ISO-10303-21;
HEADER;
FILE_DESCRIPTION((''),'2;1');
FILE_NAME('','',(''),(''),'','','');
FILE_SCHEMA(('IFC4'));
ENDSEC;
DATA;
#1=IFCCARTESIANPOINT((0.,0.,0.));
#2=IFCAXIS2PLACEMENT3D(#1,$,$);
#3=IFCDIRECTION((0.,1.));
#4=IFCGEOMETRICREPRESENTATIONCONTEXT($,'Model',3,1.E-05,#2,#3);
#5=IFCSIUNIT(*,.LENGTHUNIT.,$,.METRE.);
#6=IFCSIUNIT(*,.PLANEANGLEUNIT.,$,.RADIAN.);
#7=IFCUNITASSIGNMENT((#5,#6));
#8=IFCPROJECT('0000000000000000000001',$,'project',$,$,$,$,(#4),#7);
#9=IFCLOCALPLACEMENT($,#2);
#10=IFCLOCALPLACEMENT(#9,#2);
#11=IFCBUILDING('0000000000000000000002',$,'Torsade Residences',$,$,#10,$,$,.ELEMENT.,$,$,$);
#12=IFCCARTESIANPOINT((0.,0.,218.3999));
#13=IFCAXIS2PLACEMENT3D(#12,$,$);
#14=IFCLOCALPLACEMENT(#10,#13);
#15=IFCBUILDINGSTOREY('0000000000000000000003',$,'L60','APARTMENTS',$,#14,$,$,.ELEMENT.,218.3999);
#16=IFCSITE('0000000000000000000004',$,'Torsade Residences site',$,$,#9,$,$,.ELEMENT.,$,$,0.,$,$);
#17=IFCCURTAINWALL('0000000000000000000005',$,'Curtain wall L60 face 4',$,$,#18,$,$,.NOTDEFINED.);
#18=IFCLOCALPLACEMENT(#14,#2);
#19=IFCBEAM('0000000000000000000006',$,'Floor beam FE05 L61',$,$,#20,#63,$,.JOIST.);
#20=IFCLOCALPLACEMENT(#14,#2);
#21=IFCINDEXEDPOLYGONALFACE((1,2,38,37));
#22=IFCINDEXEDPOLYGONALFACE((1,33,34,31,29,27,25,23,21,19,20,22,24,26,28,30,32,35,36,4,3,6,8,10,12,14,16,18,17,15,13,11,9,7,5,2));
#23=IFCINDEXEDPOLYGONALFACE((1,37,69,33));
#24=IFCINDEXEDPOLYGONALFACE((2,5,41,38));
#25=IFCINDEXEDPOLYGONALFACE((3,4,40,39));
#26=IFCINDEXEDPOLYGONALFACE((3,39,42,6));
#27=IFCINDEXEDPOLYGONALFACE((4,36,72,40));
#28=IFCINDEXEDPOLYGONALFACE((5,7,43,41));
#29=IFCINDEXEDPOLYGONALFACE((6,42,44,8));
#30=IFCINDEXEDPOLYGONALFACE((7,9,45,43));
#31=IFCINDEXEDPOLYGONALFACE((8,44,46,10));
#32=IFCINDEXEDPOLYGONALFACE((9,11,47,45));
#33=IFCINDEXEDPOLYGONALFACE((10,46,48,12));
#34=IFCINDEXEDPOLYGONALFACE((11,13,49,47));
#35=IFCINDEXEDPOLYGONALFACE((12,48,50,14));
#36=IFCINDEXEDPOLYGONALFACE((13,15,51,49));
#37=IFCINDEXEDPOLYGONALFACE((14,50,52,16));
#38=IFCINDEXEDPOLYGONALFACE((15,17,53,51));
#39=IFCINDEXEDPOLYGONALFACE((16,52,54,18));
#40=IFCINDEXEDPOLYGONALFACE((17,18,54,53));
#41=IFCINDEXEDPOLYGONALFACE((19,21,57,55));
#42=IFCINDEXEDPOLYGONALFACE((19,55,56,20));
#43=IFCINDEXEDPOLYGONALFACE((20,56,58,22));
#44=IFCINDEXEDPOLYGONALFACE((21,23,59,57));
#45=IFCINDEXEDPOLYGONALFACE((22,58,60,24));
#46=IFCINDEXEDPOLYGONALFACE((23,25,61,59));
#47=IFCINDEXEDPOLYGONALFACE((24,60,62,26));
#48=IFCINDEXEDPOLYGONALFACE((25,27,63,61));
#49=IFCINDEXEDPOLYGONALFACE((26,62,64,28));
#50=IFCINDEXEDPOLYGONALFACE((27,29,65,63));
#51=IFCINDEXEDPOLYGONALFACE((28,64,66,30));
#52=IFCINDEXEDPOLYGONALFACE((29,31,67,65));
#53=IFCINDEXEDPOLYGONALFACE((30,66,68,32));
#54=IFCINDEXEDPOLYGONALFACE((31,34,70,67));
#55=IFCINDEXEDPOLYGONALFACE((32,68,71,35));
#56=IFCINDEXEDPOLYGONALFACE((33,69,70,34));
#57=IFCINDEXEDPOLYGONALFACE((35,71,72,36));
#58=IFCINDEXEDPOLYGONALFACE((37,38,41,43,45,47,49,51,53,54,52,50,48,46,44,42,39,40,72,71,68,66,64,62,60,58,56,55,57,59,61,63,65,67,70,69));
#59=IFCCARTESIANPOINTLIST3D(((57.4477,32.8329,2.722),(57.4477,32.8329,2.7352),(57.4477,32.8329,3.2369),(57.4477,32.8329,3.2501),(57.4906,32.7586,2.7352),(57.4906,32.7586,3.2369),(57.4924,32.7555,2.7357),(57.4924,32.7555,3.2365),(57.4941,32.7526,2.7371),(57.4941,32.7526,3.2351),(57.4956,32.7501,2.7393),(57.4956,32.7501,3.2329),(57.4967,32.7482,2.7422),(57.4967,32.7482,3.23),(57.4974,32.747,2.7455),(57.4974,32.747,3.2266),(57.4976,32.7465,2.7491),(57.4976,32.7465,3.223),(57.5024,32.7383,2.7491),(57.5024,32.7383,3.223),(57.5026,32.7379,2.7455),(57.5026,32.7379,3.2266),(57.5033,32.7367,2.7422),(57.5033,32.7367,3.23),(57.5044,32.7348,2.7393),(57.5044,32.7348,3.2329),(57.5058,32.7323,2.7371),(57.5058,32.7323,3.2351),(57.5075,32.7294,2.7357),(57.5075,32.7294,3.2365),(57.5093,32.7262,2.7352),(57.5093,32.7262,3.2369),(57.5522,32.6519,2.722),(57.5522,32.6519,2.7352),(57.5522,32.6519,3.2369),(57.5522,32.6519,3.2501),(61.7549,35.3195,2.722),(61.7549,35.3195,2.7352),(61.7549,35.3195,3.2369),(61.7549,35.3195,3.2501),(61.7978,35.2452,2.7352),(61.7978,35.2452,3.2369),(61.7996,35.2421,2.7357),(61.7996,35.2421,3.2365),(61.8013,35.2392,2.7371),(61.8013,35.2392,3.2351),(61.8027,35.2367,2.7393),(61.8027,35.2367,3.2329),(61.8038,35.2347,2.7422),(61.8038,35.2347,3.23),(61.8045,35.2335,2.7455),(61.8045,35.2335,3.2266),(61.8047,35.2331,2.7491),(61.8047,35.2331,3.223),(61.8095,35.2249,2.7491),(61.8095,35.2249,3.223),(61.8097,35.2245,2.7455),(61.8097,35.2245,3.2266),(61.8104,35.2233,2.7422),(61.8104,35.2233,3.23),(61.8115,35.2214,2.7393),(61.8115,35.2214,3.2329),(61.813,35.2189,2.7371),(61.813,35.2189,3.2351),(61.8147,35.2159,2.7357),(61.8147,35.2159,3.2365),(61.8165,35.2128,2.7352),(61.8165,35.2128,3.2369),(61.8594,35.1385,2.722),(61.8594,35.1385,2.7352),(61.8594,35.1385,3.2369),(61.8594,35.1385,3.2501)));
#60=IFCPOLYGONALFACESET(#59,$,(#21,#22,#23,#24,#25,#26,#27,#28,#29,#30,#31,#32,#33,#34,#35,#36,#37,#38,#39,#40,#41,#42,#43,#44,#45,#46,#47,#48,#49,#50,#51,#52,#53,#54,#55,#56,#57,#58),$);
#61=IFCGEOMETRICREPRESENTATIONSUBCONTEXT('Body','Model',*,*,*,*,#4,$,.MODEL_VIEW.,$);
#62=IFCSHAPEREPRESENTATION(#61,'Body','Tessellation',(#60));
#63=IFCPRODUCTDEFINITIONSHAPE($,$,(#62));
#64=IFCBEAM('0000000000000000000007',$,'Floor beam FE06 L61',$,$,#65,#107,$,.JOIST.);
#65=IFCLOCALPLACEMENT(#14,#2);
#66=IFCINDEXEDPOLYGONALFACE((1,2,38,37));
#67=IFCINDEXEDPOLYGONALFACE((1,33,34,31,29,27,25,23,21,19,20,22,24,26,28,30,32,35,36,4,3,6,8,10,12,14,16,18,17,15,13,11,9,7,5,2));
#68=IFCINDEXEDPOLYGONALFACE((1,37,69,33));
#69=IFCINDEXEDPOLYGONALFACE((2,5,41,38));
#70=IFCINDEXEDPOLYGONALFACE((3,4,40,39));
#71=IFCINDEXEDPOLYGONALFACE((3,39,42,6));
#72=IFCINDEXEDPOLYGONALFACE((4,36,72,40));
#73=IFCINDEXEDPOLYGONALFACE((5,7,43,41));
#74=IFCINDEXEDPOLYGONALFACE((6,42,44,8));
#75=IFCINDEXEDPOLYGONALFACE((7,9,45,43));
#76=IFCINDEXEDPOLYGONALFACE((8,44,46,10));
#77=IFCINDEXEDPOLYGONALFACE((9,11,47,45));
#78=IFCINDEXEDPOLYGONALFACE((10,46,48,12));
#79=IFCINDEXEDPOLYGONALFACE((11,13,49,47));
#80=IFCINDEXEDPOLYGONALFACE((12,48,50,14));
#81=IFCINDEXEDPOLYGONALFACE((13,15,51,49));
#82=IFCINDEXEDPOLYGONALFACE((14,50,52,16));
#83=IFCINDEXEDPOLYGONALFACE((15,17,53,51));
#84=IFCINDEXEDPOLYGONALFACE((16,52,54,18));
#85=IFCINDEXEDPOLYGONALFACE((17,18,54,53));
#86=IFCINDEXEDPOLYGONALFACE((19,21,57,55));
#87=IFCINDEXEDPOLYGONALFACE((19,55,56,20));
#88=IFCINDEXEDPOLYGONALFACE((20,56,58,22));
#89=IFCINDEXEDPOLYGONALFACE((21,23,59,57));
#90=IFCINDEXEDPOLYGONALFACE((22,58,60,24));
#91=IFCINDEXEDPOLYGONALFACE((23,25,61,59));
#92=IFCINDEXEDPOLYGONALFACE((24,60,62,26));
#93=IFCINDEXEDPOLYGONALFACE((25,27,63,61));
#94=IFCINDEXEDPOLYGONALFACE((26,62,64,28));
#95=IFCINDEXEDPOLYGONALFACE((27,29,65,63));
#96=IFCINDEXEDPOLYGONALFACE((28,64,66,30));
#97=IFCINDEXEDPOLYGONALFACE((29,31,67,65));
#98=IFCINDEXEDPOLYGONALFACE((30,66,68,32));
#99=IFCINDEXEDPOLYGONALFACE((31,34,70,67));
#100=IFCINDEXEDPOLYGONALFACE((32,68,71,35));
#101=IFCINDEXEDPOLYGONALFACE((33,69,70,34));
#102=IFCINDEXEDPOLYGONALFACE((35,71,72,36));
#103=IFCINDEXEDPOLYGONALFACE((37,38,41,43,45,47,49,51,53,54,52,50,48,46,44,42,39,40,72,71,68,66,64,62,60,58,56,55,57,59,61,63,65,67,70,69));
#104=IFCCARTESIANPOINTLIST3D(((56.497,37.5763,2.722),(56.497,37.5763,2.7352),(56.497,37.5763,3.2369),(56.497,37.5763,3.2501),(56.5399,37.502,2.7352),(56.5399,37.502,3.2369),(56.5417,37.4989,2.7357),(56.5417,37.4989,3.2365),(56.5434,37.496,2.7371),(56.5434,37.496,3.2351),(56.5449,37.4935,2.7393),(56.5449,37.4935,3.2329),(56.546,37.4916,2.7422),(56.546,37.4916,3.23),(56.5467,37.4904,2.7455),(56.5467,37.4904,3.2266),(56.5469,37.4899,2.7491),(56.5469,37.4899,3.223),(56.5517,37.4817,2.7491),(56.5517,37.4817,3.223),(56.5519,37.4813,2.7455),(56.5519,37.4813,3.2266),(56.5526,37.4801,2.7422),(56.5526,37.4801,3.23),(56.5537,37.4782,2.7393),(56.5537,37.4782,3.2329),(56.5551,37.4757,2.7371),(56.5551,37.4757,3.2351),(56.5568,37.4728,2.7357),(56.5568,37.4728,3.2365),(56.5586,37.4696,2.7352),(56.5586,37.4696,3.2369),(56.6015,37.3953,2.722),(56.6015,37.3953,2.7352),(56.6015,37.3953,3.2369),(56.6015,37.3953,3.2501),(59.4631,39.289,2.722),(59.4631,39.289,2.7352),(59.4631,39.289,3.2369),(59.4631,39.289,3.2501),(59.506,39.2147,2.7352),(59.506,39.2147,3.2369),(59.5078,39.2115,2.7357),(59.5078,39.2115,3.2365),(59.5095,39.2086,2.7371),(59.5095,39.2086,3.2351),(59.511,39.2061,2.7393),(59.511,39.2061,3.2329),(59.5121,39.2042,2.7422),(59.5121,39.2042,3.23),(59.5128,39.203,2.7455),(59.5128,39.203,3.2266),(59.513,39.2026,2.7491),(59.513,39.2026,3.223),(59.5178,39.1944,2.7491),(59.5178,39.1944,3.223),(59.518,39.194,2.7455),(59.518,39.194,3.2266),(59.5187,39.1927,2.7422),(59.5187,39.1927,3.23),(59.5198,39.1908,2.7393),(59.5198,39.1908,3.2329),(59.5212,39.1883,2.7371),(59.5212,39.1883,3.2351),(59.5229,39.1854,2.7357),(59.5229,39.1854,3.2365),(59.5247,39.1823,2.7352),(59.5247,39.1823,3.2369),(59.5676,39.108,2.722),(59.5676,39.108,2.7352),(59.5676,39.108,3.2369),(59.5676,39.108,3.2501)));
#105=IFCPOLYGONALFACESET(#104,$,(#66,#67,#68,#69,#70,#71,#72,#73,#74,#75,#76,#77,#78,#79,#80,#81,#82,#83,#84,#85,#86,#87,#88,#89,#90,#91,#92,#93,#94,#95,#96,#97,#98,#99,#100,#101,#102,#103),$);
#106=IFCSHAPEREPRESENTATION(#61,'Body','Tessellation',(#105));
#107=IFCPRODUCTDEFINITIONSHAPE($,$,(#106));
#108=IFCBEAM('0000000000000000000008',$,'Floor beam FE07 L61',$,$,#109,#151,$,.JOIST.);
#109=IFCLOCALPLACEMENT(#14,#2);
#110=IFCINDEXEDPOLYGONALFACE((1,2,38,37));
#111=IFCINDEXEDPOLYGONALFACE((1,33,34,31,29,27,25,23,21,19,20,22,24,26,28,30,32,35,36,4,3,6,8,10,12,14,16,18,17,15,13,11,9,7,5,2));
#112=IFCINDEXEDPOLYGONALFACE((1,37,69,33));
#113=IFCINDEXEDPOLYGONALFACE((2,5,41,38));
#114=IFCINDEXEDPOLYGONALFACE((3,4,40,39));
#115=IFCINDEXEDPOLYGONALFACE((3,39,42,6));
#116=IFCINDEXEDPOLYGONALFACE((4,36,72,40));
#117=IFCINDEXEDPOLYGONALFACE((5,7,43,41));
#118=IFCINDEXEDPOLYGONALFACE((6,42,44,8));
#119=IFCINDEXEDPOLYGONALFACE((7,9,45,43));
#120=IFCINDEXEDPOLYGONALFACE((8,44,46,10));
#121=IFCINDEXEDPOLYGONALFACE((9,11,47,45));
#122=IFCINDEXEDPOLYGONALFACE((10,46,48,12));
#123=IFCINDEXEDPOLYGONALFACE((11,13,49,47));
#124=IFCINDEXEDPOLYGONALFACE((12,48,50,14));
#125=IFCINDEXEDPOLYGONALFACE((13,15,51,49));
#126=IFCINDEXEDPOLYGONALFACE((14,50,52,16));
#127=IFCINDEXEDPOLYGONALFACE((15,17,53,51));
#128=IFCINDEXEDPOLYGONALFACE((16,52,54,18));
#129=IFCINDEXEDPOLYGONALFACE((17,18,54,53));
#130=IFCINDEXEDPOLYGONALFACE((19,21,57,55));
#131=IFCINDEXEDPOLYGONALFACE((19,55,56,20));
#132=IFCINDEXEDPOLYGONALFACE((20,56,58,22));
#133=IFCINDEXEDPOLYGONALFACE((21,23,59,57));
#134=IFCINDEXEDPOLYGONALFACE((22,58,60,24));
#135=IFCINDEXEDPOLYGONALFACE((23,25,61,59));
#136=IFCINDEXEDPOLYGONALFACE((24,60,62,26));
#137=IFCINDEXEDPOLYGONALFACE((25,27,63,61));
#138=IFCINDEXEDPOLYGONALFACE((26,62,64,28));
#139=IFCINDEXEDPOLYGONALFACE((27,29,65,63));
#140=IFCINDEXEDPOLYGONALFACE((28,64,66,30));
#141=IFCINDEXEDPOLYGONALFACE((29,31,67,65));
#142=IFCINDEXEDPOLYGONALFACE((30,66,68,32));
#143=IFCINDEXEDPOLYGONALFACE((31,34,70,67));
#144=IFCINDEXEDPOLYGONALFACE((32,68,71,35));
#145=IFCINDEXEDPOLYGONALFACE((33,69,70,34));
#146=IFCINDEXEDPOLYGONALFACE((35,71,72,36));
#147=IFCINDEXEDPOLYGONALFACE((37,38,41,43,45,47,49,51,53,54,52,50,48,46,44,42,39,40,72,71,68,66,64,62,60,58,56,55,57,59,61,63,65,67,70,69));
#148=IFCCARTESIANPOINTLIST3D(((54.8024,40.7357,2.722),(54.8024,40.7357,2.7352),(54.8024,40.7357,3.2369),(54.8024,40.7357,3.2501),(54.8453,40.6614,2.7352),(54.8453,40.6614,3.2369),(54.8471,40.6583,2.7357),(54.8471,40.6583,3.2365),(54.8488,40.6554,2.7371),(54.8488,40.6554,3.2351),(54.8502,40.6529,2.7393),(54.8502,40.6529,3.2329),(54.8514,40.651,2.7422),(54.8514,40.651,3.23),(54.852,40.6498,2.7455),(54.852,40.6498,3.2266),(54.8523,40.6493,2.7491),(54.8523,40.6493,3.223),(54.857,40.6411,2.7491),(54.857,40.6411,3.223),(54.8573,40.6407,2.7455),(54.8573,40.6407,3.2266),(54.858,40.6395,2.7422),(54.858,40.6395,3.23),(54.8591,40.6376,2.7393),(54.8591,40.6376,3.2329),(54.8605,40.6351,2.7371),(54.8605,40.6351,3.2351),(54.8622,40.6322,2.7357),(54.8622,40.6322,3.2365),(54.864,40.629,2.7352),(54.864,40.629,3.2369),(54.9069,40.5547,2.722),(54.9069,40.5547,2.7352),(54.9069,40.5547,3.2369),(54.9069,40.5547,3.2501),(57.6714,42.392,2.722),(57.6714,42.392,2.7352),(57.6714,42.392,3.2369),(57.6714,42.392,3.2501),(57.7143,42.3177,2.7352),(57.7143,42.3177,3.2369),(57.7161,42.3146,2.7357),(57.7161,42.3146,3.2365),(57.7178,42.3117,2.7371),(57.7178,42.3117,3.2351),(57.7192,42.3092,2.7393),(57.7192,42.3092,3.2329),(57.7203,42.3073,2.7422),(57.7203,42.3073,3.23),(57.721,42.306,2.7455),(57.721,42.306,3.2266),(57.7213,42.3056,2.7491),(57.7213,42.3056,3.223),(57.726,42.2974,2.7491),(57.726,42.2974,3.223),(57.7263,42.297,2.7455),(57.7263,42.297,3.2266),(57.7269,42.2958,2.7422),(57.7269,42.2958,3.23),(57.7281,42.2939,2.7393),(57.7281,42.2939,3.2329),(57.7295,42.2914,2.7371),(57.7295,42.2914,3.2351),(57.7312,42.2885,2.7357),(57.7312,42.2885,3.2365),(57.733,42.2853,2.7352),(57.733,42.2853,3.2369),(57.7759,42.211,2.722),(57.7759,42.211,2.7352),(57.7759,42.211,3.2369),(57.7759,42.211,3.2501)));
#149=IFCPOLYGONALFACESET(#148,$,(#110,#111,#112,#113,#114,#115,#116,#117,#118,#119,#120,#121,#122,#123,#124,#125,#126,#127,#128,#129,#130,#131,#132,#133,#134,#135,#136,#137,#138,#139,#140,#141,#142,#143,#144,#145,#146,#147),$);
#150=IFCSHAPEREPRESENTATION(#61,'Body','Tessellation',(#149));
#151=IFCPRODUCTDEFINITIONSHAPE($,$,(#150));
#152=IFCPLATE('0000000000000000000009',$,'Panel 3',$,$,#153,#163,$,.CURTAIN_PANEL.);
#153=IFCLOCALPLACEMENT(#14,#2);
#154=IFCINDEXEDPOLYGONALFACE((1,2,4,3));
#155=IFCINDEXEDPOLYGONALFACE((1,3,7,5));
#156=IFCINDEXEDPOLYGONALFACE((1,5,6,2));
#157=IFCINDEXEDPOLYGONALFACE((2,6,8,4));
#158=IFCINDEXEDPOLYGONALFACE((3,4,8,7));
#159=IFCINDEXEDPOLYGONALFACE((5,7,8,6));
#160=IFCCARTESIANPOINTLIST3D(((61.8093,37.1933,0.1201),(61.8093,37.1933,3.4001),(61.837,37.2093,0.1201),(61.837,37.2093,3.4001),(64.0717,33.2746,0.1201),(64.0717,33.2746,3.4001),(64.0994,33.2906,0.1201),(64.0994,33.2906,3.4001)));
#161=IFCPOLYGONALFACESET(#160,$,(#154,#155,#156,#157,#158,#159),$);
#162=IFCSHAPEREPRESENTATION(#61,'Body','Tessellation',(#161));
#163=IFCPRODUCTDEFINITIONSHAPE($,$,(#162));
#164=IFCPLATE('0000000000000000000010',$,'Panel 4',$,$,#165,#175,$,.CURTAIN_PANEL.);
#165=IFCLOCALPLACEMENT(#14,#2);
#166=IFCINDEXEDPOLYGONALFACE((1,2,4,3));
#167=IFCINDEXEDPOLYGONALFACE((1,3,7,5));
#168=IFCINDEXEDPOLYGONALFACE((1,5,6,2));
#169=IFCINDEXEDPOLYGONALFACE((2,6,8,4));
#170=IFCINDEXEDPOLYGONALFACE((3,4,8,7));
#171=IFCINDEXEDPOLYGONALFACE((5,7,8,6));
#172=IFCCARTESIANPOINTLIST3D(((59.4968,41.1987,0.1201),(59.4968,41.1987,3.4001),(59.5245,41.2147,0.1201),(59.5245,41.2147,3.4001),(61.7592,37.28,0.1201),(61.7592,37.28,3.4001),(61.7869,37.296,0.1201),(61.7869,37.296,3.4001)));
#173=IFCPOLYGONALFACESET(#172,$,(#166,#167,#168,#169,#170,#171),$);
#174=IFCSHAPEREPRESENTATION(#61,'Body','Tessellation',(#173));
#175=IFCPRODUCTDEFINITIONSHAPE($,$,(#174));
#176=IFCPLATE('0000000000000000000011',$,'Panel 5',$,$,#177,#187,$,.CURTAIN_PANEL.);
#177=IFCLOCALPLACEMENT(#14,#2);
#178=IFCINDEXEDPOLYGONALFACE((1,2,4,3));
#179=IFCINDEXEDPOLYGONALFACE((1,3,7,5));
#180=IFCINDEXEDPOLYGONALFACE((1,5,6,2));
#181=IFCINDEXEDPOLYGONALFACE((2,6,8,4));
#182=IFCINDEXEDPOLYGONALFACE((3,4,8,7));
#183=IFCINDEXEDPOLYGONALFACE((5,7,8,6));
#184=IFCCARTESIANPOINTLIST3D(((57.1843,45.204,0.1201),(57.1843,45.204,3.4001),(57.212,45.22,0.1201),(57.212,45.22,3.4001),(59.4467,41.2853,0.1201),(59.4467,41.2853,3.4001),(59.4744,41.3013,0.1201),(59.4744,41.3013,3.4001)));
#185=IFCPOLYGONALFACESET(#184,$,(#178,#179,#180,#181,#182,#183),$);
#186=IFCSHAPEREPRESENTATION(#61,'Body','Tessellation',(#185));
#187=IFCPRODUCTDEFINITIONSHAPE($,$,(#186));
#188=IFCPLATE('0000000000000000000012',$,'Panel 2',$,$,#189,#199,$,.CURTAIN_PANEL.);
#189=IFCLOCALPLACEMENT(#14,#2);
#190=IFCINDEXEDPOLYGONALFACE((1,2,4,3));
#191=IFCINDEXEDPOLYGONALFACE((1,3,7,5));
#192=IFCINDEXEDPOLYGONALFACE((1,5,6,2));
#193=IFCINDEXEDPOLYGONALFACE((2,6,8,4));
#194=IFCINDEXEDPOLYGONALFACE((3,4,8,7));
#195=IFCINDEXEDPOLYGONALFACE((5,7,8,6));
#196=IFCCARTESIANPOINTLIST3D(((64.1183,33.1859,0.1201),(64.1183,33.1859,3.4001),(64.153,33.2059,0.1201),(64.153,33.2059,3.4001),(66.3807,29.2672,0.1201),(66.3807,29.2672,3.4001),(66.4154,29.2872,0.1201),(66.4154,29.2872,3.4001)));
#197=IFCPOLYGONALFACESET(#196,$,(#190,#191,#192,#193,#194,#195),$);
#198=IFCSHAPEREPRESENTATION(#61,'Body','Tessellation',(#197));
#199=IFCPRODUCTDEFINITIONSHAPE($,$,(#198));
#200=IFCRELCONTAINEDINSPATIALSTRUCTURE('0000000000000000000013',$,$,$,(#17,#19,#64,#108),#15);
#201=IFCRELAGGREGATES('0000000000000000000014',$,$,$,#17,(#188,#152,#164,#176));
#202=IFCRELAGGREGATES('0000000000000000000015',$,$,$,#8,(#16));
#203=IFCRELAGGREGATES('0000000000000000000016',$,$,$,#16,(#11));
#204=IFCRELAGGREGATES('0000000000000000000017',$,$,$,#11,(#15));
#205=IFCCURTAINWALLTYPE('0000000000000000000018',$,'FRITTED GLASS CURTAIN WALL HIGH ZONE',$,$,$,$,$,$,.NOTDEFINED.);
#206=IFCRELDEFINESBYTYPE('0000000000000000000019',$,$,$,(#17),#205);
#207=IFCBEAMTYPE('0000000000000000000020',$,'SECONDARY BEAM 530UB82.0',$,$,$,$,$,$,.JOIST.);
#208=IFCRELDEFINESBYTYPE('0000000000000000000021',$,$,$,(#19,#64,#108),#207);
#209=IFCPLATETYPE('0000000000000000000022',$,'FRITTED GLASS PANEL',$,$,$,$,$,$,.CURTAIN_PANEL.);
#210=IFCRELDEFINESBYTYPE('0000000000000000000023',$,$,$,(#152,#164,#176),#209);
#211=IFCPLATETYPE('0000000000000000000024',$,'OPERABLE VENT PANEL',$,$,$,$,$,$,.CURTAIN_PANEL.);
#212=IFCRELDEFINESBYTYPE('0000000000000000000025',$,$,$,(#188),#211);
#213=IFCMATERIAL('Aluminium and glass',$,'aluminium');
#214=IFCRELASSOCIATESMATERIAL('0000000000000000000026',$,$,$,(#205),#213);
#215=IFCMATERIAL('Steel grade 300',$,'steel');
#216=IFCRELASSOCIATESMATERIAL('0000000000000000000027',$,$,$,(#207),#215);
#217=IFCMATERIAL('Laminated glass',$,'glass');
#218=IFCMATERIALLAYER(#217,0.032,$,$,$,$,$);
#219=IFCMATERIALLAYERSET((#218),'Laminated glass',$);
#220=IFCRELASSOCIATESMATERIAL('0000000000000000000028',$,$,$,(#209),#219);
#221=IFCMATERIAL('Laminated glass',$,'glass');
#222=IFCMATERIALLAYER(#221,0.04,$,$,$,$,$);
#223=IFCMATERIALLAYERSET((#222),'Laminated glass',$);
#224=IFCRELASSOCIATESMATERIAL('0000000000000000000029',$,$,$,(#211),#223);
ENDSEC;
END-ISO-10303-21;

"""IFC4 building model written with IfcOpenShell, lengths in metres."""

from ifc_helpers import new_model, si_unit, direction, frame, origin, origin_2d, place, context, subcontext, project, spatial, rectangle, i_section, extrude, material, layer, layer_set, material_profile, profile_set, type_object, element, aggregate, save


model = new_model("IFC4")

# Units and contexts
model_context = context("Model", 3, precision=1e-05, world=origin(), true_north=direction((0.0, 1.0)))
body_context = subcontext(model_context, "Body", "Model", "MODEL_VIEW")
ifc_project = project(units=[si_unit("LENGTHUNIT", "METRE"), si_unit("PLANEANGLEUNIT", "RADIAN")], contexts=[model_context])

# Site, building, storey
site_placement = place(None, origin())
site = spatial("IfcSite", under=ifc_project, at=site_placement, Name="Torsade Residences site", CompositionType="ELEMENT", RefElevation=0.0)
building_placement = place(site_placement, origin())
building = spatial("IfcBuilding", under=site, at=building_placement, Name="Torsade Residences", CompositionType="ELEMENT")
storey_placement = place(building_placement, frame((0.0, 0.0, 218.3999)))
storey = spatial("IfcBuildingStorey", under=building, at=storey_placement, Name="L60", Description="APARTMENTS", CompositionType="ELEMENT", Elevation=218.3999)

# Curtain wall
ifc_material_1 = material(Name="Aluminium and glass", Category="aluminium")
curtain_wall_type = type_object("IfcCurtainWallType", Name="FRITTED GLASS CURTAIN WALL HIGH ZONE", PredefinedType="NOTDEFINED", material=ifc_material_1)
curtain_wall_placement = place(storey_placement, origin())
curtain_wall = element("IfcCurtainWall", 1, at=curtain_wall_placement, inside=storey, type_object=curtain_wall_type, Name="Curtain wall L60 face 4", PredefinedType="NOTDEFINED")

# Beams
ifc_material_2 = material(Name="Steel grade 300", Category="steel")
ifc_material_profile_1 = material_profile(ifc_material_2, i_section(OverallWidth=0.209, OverallDepth=0.5281, WebThickness=0.0095, FlangeThickness=0.0132, FilletRadius=0.0139, at=origin_2d()), Name="530UB82.0")
ifc_profile_set_1 = profile_set([ifc_material_profile_1], Name="Steel grade 300")
beam_type_1 = type_object("IfcBeamType", Name="SECONDARY BEAM 530UB82.0", PredefinedType="JOIST", material=ifc_profile_set_1)
beam_1_placement = place(storey_placement, frame((61.8071, 35.229, 2.9861), z_axis=(-0.866038, -0.499977, 0.0), x_axis=(0.499977, -0.866038, 0.0)))
element("IfcBeam", 2, at=beam_1_placement, inside=storey, type_object=beam_type_1, Name="Floor beam FE05 L61", PredefinedType="JOIST", context=body_context, shape_type="SweptSolid", body=[
    extrude(i_section(OverallWidth=0.209, OverallDepth=0.5281, WebThickness=0.0095, FlangeThickness=0.0132, FilletRadius=0.0139, at=origin_2d()), origin(), (0.0, 0.0, 1.0), 4.9734),
])
beam_2_placement = place(storey_placement, frame((59.5154, 39.1985, 2.9861), z_axis=(-0.866002, -0.500041, 0.0), x_axis=(0.500041, -0.866002, 0.0)))
element("IfcBeam", 3, at=beam_2_placement, inside=storey, type_object=beam_type_1, Name="Floor beam FE06 L61", PredefinedType="JOIST", context=body_context, shape_type="SweptSolid", body=[
    extrude(i_section(OverallWidth=0.209, OverallDepth=0.5281, WebThickness=0.0095, FlangeThickness=0.0132, FilletRadius=0.0139, at=origin_2d()), origin(), (0.0, 0.0, 1.0), 3.425),
])
beam_3_placement = place(storey_placement, frame((57.7236, 42.3015, 2.9861), z_axis=(-0.86604, -0.499976, 0.0), x_axis=(0.499976, -0.86604, 0.0)))
element("IfcBeam", 4, at=beam_3_placement, inside=storey, type_object=beam_type_1, Name="Floor beam FE07 L61", PredefinedType="JOIST", context=body_context, shape_type="SweptSolid", body=[
    extrude(i_section(OverallWidth=0.209, OverallDepth=0.5281, WebThickness=0.0095, FlangeThickness=0.0132, FilletRadius=0.0139, at=origin_2d()), origin(), (0.0, 0.0, 1.0), 3.3127),
])

# Plates
ifc_material_3 = material(Name="Laminated glass", Category="glass")
ifc_layer_1 = layer(ifc_material_3, 0.032)
ifc_layer_set_1 = layer_set([ifc_layer_1], Name="Laminated glass")
plate_type_1 = type_object("IfcPlateType", Name="FRITTED GLASS PANEL", PredefinedType="CURTAIN_PANEL", material=ifc_layer_set_1)
plate_1_placement = place(storey_placement, frame((62.9543, 35.2419, 0.1201), z_axis=(0.0, 0.0, 1.0), x_axis=(-0.5, 0.866025, 0.0)))
plate_1 = element("IfcPlate", 5, at=plate_1_placement, type_object=plate_type_1, Name="Panel 3", PredefinedType="CURTAIN_PANEL", context=body_context, shape_type="SweptSolid", body=[
    extrude(rectangle(XDim=4.5249, YDim=0.032, at=origin_2d()), origin(), (0.0, 0.0, 1.0), 3.28),
])
plate_2_placement = place(storey_placement, frame((60.6418, 39.2473, 0.1201), z_axis=(0.0, 0.0, 1.0), x_axis=(-0.5, 0.866025, 0.0)))
plate_2 = element("IfcPlate", 6, at=plate_2_placement, type_object=plate_type_1, Name="Panel 4", PredefinedType="CURTAIN_PANEL", context=body_context, shape_type="SweptSolid", body=[
    extrude(rectangle(XDim=4.5249, YDim=0.032, at=origin_2d()), origin(), (0.0, 0.0, 1.0), 3.28),
])
plate_3_placement = place(storey_placement, frame((58.3293, 43.2527, 0.1201), z_axis=(0.0, 0.0, 1.0), x_axis=(-0.5, 0.866025, 0.0)))
plate_3 = element("IfcPlate", 7, at=plate_3_placement, type_object=plate_type_1, Name="Panel 5", PredefinedType="CURTAIN_PANEL", context=body_context, shape_type="SweptSolid", body=[
    extrude(rectangle(XDim=4.5249, YDim=0.032, at=origin_2d()), origin(), (0.0, 0.0, 1.0), 3.28),
])
ifc_material_4 = material(Name="Laminated glass", Category="glass")
ifc_layer_2 = layer(ifc_material_4, 0.04)
ifc_layer_set_2 = layer_set([ifc_layer_2], Name="Laminated glass")
plate_type_2 = type_object("IfcPlateType", Name="OPERABLE VENT PANEL", PredefinedType="CURTAIN_PANEL", material=ifc_layer_set_2)
plate_4_placement = place(storey_placement, frame((65.2668, 31.2366, 0.1201), z_axis=(0.0, 0.0, 1.0), x_axis=(-0.5, 0.866025, 0.0)))
plate_4 = element("IfcPlate", 8, at=plate_4_placement, type_object=plate_type_2, Name="Panel 2", PredefinedType="CURTAIN_PANEL", context=body_context, shape_type="SweptSolid", body=[
    extrude(rectangle(XDim=4.5249, YDim=0.04, at=origin_2d()), origin(), (0.0, 0.0, 1.0), 3.28),
])
aggregate(curtain_wall, [plate_4, plate_1, plate_2, plate_3])

save(model, "model.ifc")
